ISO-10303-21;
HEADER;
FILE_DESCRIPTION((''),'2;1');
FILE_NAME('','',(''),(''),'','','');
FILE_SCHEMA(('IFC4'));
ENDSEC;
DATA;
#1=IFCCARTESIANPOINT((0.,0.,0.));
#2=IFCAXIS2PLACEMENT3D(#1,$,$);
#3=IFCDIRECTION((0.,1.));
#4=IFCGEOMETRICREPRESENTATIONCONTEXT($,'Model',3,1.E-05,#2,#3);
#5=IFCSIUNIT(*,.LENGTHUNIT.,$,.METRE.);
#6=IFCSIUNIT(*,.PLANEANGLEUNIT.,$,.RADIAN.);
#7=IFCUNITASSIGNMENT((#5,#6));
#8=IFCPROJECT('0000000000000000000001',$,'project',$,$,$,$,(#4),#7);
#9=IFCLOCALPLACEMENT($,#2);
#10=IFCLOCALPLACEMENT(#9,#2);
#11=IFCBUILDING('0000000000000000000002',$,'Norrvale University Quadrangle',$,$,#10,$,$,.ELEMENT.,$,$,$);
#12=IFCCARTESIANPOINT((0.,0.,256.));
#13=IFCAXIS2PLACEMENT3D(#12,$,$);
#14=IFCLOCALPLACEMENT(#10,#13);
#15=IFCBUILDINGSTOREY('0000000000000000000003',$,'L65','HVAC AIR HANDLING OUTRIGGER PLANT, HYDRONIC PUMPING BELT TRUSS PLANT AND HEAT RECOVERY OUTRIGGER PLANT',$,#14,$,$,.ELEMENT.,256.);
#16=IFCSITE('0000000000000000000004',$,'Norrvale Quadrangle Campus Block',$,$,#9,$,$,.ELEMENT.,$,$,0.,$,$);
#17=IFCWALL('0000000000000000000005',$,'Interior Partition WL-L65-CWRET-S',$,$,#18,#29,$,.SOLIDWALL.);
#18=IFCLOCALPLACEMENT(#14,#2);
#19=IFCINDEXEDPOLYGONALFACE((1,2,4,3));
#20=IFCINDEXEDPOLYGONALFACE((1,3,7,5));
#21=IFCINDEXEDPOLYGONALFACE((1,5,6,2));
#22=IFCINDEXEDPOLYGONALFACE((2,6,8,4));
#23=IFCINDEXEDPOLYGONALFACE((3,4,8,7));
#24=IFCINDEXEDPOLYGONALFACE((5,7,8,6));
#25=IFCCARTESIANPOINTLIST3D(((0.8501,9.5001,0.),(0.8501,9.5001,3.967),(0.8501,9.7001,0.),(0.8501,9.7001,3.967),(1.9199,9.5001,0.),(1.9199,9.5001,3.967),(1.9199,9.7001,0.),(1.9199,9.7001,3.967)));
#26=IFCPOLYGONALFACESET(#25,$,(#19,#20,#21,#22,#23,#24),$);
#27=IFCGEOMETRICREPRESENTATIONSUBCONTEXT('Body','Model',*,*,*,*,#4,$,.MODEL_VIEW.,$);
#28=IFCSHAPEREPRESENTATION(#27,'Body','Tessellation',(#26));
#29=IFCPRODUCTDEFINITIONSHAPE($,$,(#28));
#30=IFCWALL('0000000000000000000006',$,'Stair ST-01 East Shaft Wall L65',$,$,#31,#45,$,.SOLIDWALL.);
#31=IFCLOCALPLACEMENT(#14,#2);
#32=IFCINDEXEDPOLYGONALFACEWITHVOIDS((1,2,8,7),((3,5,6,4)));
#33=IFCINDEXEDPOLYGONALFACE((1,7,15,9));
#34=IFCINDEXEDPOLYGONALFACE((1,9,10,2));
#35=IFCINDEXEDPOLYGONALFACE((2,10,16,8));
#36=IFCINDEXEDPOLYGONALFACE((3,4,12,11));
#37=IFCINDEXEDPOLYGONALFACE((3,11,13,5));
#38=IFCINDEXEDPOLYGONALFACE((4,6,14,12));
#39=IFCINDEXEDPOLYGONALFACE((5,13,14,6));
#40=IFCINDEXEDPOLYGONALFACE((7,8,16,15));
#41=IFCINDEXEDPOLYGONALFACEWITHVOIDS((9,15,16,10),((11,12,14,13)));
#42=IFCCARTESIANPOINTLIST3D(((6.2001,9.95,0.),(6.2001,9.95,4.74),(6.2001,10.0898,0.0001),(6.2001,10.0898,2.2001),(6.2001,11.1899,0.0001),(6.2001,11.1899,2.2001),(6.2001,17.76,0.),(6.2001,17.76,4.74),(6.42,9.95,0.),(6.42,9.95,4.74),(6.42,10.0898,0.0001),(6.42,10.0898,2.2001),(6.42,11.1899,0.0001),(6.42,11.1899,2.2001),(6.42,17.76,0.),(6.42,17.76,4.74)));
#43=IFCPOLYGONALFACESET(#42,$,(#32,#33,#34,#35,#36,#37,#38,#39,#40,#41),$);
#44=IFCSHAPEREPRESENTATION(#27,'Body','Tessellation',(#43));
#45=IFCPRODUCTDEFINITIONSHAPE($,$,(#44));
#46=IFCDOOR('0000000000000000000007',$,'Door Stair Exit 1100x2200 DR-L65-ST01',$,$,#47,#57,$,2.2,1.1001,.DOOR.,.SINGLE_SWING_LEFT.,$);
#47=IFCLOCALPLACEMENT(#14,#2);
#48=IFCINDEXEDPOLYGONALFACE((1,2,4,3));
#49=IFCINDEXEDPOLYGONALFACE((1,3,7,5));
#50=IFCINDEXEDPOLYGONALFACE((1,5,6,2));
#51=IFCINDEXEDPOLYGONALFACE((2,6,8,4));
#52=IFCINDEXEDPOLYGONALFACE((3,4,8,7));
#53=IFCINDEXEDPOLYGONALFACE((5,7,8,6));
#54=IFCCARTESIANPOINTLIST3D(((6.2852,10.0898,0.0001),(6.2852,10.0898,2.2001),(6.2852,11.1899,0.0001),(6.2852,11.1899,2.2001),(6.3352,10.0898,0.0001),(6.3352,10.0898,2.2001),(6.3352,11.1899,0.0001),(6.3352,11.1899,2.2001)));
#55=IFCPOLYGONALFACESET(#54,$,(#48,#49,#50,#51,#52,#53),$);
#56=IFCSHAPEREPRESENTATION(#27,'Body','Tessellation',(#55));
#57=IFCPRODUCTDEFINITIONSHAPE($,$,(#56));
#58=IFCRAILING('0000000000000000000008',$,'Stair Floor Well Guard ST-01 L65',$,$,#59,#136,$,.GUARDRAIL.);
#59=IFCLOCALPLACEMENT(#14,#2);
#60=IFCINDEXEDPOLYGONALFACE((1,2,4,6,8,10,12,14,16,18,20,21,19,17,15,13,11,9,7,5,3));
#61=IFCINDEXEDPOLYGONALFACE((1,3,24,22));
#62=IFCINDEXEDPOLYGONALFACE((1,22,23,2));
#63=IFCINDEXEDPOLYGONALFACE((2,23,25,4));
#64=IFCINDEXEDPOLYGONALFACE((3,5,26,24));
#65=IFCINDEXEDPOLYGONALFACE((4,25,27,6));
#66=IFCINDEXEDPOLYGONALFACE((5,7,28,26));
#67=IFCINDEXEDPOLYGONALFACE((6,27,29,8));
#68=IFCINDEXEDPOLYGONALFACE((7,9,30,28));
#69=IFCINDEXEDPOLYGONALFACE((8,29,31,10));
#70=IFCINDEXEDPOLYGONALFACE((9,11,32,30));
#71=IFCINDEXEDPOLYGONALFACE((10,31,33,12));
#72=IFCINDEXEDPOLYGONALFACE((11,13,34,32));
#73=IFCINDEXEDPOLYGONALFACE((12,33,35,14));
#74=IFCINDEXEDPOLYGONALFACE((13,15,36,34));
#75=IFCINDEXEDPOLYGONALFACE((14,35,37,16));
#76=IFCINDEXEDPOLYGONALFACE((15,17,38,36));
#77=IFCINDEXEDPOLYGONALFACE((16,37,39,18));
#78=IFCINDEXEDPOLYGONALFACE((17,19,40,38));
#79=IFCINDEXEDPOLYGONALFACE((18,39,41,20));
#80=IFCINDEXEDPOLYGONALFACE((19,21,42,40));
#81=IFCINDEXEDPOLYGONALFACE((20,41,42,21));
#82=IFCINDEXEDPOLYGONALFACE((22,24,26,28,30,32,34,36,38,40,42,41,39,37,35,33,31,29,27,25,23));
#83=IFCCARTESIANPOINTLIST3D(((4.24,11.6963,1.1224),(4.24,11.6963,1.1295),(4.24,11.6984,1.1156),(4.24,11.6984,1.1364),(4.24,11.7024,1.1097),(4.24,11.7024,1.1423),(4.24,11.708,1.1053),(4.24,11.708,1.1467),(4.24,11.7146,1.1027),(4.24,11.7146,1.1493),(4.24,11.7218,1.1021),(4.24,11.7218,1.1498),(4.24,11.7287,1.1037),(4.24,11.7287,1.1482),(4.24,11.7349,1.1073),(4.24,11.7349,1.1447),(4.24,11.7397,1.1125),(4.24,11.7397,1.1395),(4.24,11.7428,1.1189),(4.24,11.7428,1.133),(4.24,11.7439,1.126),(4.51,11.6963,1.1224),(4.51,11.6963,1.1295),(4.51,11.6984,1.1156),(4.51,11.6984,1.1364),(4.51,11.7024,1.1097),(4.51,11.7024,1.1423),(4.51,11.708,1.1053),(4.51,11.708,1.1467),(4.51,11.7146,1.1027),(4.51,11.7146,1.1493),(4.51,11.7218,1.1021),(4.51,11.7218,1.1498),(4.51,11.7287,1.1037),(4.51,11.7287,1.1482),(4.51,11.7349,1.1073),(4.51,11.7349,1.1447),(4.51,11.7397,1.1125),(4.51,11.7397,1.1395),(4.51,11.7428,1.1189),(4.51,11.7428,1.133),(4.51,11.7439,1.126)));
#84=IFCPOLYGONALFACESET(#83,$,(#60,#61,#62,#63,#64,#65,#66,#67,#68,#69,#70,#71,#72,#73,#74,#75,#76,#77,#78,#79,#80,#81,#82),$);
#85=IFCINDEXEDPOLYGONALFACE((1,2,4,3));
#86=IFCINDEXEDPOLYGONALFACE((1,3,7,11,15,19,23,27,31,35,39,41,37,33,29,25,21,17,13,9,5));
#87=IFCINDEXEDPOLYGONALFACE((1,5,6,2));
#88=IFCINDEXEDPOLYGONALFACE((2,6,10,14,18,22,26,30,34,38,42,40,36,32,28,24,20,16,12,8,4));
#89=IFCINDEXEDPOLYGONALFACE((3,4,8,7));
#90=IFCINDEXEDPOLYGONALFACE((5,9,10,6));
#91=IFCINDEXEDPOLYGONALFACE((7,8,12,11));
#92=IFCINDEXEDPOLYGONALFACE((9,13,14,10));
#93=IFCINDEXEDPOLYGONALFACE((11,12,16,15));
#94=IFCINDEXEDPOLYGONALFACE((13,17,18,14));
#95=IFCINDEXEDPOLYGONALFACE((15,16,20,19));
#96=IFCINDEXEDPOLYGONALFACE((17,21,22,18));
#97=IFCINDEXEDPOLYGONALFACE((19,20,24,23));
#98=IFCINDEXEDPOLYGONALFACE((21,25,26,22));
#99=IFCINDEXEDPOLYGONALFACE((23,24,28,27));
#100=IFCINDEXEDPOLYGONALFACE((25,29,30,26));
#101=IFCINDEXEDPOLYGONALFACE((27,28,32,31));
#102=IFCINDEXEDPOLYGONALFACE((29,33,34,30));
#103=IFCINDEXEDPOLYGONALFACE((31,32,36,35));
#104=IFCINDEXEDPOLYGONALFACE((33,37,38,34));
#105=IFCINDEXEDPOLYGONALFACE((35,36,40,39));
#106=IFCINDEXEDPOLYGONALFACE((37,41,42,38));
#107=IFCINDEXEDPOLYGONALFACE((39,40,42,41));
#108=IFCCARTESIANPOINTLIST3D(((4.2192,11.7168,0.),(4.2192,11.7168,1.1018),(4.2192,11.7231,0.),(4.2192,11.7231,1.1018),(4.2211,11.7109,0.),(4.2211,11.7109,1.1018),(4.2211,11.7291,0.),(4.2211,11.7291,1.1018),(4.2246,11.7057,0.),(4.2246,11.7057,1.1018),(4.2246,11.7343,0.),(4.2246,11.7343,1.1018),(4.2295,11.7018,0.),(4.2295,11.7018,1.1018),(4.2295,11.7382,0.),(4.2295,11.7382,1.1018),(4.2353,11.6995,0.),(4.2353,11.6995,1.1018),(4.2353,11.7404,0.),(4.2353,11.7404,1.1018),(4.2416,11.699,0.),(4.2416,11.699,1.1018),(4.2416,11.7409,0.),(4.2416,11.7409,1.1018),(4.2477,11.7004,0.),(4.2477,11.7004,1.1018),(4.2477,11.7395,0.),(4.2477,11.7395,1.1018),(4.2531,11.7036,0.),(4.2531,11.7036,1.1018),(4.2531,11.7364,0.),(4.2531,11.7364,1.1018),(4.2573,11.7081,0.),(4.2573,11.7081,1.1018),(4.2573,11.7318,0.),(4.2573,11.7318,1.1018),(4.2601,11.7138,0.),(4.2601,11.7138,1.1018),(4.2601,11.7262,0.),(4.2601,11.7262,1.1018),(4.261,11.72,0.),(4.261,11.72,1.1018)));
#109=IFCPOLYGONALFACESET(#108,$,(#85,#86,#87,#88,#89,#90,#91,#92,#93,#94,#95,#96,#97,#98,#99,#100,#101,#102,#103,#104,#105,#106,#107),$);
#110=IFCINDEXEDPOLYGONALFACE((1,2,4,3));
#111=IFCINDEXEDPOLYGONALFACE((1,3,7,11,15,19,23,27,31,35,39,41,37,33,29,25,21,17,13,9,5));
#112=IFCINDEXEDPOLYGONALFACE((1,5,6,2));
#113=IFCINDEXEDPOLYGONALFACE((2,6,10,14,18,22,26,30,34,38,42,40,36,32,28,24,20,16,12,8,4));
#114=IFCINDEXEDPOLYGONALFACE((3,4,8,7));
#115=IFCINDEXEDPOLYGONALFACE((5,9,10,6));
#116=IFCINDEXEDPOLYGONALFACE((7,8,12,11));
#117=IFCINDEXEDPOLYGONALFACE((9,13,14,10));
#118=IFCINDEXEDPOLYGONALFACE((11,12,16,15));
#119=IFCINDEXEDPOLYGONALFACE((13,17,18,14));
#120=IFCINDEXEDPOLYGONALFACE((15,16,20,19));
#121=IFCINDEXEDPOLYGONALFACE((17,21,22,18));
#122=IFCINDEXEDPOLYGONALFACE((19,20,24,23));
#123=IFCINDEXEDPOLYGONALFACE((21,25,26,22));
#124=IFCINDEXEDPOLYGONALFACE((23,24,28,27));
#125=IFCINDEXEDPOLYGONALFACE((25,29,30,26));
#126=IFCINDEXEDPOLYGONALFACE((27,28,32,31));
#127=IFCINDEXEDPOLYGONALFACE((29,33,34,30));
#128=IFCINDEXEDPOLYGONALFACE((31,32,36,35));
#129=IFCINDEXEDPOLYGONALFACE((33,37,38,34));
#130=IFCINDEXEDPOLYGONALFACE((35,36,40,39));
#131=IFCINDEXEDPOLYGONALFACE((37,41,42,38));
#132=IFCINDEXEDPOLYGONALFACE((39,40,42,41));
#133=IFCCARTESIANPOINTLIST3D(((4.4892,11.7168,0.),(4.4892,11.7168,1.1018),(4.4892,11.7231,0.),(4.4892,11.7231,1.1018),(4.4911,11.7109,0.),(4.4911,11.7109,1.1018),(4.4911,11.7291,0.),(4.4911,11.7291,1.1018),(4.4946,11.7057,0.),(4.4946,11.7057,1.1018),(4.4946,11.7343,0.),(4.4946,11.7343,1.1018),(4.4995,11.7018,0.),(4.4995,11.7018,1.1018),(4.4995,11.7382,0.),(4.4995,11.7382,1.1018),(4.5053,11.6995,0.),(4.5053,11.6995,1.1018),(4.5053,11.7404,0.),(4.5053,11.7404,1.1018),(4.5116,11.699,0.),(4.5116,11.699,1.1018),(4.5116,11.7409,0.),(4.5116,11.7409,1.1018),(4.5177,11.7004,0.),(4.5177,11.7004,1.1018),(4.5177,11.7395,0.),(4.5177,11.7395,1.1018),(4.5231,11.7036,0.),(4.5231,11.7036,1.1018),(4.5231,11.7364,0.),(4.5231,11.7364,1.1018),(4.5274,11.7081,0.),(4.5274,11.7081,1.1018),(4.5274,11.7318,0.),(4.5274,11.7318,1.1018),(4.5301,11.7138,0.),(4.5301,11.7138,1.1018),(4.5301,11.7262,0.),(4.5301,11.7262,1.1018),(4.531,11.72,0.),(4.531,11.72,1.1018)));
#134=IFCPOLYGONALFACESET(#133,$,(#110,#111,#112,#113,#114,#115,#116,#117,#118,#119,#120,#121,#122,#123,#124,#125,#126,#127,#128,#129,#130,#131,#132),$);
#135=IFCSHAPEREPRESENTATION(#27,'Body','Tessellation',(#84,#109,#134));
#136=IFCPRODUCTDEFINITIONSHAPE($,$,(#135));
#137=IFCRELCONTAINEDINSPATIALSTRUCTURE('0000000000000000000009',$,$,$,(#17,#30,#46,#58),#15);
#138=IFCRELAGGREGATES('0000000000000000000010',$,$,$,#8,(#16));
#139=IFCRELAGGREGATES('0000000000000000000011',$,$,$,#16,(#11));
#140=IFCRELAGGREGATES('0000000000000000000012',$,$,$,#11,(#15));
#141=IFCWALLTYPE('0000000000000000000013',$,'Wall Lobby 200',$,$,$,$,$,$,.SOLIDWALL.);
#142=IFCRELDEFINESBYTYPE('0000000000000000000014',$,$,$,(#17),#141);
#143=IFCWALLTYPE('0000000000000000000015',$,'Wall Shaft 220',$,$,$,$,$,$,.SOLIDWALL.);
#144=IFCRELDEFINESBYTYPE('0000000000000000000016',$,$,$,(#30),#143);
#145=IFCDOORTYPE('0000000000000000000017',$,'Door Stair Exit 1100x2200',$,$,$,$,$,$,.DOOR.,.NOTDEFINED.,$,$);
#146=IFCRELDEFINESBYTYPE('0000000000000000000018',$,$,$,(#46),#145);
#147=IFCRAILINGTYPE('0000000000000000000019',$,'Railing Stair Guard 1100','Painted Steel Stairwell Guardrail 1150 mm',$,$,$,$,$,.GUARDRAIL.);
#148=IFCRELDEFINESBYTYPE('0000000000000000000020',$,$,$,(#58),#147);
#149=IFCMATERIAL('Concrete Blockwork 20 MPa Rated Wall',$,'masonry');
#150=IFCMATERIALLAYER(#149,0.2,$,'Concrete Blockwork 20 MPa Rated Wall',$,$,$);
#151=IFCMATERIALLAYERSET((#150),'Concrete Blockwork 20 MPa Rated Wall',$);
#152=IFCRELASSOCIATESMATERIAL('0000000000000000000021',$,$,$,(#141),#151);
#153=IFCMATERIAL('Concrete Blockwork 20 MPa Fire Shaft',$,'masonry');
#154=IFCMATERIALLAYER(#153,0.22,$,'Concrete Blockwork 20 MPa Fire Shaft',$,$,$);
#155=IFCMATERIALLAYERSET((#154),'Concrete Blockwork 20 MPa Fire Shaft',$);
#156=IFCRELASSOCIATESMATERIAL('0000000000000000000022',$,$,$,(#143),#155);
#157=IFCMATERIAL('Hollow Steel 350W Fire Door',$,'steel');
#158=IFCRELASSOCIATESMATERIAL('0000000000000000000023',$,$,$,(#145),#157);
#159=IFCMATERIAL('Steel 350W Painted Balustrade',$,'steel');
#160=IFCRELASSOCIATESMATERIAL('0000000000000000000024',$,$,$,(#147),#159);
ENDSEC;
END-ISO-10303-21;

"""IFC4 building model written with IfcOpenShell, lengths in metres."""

from ifc_helpers import new_model, si_unit, direction, frame, frame_2d, origin, origin_2d, place, context, subcontext, project, spatial, rectangle, circle, extrude, material, layer, layer_set, type_object, element, fill, save


model = new_model("IFC4")

# Units and contexts
model_context = context("Model", 3, precision=1e-05, world=origin(), true_north=direction((0.0, 1.0)))
body_context = subcontext(model_context, "Body", "Model", "MODEL_VIEW")
ifc_project = project(units=[si_unit("LENGTHUNIT", "METRE"), si_unit("PLANEANGLEUNIT", "RADIAN")], contexts=[model_context])

# Site, building, storey
site_placement = place(None, origin())
site = spatial("IfcSite", under=ifc_project, at=site_placement, Name="Norrvale Quadrangle Campus Block", CompositionType="ELEMENT", RefElevation=0.0)
building_placement = place(site_placement, origin())
building = spatial("IfcBuilding", under=site, at=building_placement, Name="Norrvale University Quadrangle", CompositionType="ELEMENT")
storey_placement = place(building_placement, frame((0.0, 0.0, 256.0)))
storey = spatial("IfcBuildingStorey", under=building, at=storey_placement, Name="L65", Description="HVAC AIR HANDLING OUTRIGGER PLANT, HYDRONIC PUMPING BELT TRUSS PLANT AND HEAT RECOVERY OUTRIGGER PLANT", CompositionType="ELEMENT", Elevation=256.0)

# Shared definitions
ifc_material_1 = material(Name="Hollow Steel 350W Fire Door", Category="steel")

# Wall
ifc_material_2 = material(Name="Concrete Blockwork 20 MPa Rated Wall", Category="masonry")
ifc_layer_1 = layer(ifc_material_2, 0.2, Name="Concrete Blockwork 20 MPa Rated Wall")
ifc_layer_set_1 = layer_set([ifc_layer_1], Name="Concrete Blockwork 20 MPa Rated Wall")
wall_type_1 = type_object("IfcWallType", Name="Wall Lobby 200", PredefinedType="SOLIDWALL", material=ifc_layer_set_1)
wall_1_placement = place(storey_placement, frame((0.8501, 9.6001, 0.0), z_axis=(0.0, 0.0, 1.0), x_axis=(1.0, 0.0, 0.0)))
element("IfcWall", 1, at=wall_1_placement, inside=storey, type_object=wall_type_1, Name="Interior Partition WL-L65-CWRET-S", PredefinedType="SOLIDWALL", context=body_context, shape_type="SweptSolid", body=[
    extrude(rectangle(XDim=1.0698, YDim=0.2, at=frame_2d((0.5349, 0.0))), origin(), (0.0, 0.0, 1.0), 3.967),
])

# Wall, opening, door
ifc_material_3 = material(Name="Concrete Blockwork 20 MPa Fire Shaft", Category="masonry")
ifc_layer_2 = layer(ifc_material_3, 0.22, Name="Concrete Blockwork 20 MPa Fire Shaft")
ifc_layer_set_2 = layer_set([ifc_layer_2], Name="Concrete Blockwork 20 MPa Fire Shaft")
wall_type_2 = type_object("IfcWallType", Name="Wall Shaft 220", PredefinedType="SOLIDWALL", material=ifc_layer_set_2)
wall_2_placement = place(storey_placement, frame((6.3101, 9.95, 0.0), z_axis=(0.0, 0.0, 1.0), x_axis=(0.0, 1.0, 0.0)))
wall_2 = element("IfcWall", 2, at=wall_2_placement, inside=storey, type_object=wall_type_2, Name="Stair ST-01 East Shaft Wall L65", PredefinedType="SOLIDWALL", context=body_context, shape_type="SweptSolid", body=[
    extrude(rectangle(XDim=7.8101, YDim=0.22, at=frame_2d((3.905, 0.0))), origin(), (0.0, 0.0, 1.0), 4.74),
])
opening_1_placement = place(wall_2_placement, frame((0.1399, 0.0, 0.0)))
opening_1 = element("IfcOpeningElement", 3, at=opening_1_placement, cuts=wall_2, PredefinedType="OPENING", context=body_context, shape_type="SweptSolid", body=[
    extrude(rectangle(XDim=1.1001, YDim=2.2, at=frame_2d((0.55, 1.1001))), frame((0.0, 0.1221, 0.0), z_axis=(0.0, -1.0, 0.0), x_axis=(1.0, 0.0, 0.0)), (0.0, 0.0, 1.0), 0.2439),
])
door_type_1 = type_object("IfcDoorType", Name="Door Stair Exit 1100x2200", OperationType="NOTDEFINED", PredefinedType="DOOR", material=ifc_material_1)
door_1_placement = place(opening_1_placement, origin())
door_1 = element("IfcDoor", 4, at=door_1_placement, inside=storey, type_object=door_type_1, Name="Door Stair Exit 1100x2200 DR-L65-ST01", OperationType="SINGLE_SWING_LEFT", OverallHeight=2.2, OverallWidth=1.1001, PredefinedType="DOOR", context=body_context, shape_type="SweptSolid", body=[
    extrude(rectangle(XDim=1.1001, YDim=2.2, at=frame_2d((0.55, 1.1001))), frame((0.0, 0.0249, 0.0), z_axis=(0.0, -1.0, 0.0), x_axis=(1.0, 0.0, 0.0)), (0.0, 0.0, 1.0), 0.05),
])
fill(opening_1, door_1)

# Railing
ifc_material_4 = material(Name="Steel 350W Painted Balustrade", Category="steel")
railing_type_1 = type_object("IfcRailingType", Name="Railing Stair Guard 1100", Description="Painted Steel Stairwell Guardrail 1150 mm", PredefinedType="GUARDRAIL", material=ifc_material_4)
railing_1_placement = place(storey_placement, frame((4.24, 11.72, 0.0)))
element("IfcRailing", 5, at=railing_1_placement, inside=storey, type_object=railing_type_1, Name="Stair Floor Well Guard ST-01 L65", PredefinedType="GUARDRAIL", context=body_context, shape_type="SweptSolid", body=[
    extrude(circle(Radius=0.0239, at=origin_2d()), frame((0.0, 0.0, 1.126), z_axis=(1.0, 0.0, 0.0), x_axis=(0.0, 1.0, 0.0)), (0.0, 0.0, 1.0), 0.27),
    extrude(circle(Radius=0.021, at=origin_2d()), origin(), (0.0, 0.0, 1.0), 1.1018),
    extrude(circle(Radius=0.021, at=origin_2d()), frame((0.27, 0.0, 0.0)), (0.0, 0.0, 1.0), 1.1018),
])

save(model, "model.ifc")
